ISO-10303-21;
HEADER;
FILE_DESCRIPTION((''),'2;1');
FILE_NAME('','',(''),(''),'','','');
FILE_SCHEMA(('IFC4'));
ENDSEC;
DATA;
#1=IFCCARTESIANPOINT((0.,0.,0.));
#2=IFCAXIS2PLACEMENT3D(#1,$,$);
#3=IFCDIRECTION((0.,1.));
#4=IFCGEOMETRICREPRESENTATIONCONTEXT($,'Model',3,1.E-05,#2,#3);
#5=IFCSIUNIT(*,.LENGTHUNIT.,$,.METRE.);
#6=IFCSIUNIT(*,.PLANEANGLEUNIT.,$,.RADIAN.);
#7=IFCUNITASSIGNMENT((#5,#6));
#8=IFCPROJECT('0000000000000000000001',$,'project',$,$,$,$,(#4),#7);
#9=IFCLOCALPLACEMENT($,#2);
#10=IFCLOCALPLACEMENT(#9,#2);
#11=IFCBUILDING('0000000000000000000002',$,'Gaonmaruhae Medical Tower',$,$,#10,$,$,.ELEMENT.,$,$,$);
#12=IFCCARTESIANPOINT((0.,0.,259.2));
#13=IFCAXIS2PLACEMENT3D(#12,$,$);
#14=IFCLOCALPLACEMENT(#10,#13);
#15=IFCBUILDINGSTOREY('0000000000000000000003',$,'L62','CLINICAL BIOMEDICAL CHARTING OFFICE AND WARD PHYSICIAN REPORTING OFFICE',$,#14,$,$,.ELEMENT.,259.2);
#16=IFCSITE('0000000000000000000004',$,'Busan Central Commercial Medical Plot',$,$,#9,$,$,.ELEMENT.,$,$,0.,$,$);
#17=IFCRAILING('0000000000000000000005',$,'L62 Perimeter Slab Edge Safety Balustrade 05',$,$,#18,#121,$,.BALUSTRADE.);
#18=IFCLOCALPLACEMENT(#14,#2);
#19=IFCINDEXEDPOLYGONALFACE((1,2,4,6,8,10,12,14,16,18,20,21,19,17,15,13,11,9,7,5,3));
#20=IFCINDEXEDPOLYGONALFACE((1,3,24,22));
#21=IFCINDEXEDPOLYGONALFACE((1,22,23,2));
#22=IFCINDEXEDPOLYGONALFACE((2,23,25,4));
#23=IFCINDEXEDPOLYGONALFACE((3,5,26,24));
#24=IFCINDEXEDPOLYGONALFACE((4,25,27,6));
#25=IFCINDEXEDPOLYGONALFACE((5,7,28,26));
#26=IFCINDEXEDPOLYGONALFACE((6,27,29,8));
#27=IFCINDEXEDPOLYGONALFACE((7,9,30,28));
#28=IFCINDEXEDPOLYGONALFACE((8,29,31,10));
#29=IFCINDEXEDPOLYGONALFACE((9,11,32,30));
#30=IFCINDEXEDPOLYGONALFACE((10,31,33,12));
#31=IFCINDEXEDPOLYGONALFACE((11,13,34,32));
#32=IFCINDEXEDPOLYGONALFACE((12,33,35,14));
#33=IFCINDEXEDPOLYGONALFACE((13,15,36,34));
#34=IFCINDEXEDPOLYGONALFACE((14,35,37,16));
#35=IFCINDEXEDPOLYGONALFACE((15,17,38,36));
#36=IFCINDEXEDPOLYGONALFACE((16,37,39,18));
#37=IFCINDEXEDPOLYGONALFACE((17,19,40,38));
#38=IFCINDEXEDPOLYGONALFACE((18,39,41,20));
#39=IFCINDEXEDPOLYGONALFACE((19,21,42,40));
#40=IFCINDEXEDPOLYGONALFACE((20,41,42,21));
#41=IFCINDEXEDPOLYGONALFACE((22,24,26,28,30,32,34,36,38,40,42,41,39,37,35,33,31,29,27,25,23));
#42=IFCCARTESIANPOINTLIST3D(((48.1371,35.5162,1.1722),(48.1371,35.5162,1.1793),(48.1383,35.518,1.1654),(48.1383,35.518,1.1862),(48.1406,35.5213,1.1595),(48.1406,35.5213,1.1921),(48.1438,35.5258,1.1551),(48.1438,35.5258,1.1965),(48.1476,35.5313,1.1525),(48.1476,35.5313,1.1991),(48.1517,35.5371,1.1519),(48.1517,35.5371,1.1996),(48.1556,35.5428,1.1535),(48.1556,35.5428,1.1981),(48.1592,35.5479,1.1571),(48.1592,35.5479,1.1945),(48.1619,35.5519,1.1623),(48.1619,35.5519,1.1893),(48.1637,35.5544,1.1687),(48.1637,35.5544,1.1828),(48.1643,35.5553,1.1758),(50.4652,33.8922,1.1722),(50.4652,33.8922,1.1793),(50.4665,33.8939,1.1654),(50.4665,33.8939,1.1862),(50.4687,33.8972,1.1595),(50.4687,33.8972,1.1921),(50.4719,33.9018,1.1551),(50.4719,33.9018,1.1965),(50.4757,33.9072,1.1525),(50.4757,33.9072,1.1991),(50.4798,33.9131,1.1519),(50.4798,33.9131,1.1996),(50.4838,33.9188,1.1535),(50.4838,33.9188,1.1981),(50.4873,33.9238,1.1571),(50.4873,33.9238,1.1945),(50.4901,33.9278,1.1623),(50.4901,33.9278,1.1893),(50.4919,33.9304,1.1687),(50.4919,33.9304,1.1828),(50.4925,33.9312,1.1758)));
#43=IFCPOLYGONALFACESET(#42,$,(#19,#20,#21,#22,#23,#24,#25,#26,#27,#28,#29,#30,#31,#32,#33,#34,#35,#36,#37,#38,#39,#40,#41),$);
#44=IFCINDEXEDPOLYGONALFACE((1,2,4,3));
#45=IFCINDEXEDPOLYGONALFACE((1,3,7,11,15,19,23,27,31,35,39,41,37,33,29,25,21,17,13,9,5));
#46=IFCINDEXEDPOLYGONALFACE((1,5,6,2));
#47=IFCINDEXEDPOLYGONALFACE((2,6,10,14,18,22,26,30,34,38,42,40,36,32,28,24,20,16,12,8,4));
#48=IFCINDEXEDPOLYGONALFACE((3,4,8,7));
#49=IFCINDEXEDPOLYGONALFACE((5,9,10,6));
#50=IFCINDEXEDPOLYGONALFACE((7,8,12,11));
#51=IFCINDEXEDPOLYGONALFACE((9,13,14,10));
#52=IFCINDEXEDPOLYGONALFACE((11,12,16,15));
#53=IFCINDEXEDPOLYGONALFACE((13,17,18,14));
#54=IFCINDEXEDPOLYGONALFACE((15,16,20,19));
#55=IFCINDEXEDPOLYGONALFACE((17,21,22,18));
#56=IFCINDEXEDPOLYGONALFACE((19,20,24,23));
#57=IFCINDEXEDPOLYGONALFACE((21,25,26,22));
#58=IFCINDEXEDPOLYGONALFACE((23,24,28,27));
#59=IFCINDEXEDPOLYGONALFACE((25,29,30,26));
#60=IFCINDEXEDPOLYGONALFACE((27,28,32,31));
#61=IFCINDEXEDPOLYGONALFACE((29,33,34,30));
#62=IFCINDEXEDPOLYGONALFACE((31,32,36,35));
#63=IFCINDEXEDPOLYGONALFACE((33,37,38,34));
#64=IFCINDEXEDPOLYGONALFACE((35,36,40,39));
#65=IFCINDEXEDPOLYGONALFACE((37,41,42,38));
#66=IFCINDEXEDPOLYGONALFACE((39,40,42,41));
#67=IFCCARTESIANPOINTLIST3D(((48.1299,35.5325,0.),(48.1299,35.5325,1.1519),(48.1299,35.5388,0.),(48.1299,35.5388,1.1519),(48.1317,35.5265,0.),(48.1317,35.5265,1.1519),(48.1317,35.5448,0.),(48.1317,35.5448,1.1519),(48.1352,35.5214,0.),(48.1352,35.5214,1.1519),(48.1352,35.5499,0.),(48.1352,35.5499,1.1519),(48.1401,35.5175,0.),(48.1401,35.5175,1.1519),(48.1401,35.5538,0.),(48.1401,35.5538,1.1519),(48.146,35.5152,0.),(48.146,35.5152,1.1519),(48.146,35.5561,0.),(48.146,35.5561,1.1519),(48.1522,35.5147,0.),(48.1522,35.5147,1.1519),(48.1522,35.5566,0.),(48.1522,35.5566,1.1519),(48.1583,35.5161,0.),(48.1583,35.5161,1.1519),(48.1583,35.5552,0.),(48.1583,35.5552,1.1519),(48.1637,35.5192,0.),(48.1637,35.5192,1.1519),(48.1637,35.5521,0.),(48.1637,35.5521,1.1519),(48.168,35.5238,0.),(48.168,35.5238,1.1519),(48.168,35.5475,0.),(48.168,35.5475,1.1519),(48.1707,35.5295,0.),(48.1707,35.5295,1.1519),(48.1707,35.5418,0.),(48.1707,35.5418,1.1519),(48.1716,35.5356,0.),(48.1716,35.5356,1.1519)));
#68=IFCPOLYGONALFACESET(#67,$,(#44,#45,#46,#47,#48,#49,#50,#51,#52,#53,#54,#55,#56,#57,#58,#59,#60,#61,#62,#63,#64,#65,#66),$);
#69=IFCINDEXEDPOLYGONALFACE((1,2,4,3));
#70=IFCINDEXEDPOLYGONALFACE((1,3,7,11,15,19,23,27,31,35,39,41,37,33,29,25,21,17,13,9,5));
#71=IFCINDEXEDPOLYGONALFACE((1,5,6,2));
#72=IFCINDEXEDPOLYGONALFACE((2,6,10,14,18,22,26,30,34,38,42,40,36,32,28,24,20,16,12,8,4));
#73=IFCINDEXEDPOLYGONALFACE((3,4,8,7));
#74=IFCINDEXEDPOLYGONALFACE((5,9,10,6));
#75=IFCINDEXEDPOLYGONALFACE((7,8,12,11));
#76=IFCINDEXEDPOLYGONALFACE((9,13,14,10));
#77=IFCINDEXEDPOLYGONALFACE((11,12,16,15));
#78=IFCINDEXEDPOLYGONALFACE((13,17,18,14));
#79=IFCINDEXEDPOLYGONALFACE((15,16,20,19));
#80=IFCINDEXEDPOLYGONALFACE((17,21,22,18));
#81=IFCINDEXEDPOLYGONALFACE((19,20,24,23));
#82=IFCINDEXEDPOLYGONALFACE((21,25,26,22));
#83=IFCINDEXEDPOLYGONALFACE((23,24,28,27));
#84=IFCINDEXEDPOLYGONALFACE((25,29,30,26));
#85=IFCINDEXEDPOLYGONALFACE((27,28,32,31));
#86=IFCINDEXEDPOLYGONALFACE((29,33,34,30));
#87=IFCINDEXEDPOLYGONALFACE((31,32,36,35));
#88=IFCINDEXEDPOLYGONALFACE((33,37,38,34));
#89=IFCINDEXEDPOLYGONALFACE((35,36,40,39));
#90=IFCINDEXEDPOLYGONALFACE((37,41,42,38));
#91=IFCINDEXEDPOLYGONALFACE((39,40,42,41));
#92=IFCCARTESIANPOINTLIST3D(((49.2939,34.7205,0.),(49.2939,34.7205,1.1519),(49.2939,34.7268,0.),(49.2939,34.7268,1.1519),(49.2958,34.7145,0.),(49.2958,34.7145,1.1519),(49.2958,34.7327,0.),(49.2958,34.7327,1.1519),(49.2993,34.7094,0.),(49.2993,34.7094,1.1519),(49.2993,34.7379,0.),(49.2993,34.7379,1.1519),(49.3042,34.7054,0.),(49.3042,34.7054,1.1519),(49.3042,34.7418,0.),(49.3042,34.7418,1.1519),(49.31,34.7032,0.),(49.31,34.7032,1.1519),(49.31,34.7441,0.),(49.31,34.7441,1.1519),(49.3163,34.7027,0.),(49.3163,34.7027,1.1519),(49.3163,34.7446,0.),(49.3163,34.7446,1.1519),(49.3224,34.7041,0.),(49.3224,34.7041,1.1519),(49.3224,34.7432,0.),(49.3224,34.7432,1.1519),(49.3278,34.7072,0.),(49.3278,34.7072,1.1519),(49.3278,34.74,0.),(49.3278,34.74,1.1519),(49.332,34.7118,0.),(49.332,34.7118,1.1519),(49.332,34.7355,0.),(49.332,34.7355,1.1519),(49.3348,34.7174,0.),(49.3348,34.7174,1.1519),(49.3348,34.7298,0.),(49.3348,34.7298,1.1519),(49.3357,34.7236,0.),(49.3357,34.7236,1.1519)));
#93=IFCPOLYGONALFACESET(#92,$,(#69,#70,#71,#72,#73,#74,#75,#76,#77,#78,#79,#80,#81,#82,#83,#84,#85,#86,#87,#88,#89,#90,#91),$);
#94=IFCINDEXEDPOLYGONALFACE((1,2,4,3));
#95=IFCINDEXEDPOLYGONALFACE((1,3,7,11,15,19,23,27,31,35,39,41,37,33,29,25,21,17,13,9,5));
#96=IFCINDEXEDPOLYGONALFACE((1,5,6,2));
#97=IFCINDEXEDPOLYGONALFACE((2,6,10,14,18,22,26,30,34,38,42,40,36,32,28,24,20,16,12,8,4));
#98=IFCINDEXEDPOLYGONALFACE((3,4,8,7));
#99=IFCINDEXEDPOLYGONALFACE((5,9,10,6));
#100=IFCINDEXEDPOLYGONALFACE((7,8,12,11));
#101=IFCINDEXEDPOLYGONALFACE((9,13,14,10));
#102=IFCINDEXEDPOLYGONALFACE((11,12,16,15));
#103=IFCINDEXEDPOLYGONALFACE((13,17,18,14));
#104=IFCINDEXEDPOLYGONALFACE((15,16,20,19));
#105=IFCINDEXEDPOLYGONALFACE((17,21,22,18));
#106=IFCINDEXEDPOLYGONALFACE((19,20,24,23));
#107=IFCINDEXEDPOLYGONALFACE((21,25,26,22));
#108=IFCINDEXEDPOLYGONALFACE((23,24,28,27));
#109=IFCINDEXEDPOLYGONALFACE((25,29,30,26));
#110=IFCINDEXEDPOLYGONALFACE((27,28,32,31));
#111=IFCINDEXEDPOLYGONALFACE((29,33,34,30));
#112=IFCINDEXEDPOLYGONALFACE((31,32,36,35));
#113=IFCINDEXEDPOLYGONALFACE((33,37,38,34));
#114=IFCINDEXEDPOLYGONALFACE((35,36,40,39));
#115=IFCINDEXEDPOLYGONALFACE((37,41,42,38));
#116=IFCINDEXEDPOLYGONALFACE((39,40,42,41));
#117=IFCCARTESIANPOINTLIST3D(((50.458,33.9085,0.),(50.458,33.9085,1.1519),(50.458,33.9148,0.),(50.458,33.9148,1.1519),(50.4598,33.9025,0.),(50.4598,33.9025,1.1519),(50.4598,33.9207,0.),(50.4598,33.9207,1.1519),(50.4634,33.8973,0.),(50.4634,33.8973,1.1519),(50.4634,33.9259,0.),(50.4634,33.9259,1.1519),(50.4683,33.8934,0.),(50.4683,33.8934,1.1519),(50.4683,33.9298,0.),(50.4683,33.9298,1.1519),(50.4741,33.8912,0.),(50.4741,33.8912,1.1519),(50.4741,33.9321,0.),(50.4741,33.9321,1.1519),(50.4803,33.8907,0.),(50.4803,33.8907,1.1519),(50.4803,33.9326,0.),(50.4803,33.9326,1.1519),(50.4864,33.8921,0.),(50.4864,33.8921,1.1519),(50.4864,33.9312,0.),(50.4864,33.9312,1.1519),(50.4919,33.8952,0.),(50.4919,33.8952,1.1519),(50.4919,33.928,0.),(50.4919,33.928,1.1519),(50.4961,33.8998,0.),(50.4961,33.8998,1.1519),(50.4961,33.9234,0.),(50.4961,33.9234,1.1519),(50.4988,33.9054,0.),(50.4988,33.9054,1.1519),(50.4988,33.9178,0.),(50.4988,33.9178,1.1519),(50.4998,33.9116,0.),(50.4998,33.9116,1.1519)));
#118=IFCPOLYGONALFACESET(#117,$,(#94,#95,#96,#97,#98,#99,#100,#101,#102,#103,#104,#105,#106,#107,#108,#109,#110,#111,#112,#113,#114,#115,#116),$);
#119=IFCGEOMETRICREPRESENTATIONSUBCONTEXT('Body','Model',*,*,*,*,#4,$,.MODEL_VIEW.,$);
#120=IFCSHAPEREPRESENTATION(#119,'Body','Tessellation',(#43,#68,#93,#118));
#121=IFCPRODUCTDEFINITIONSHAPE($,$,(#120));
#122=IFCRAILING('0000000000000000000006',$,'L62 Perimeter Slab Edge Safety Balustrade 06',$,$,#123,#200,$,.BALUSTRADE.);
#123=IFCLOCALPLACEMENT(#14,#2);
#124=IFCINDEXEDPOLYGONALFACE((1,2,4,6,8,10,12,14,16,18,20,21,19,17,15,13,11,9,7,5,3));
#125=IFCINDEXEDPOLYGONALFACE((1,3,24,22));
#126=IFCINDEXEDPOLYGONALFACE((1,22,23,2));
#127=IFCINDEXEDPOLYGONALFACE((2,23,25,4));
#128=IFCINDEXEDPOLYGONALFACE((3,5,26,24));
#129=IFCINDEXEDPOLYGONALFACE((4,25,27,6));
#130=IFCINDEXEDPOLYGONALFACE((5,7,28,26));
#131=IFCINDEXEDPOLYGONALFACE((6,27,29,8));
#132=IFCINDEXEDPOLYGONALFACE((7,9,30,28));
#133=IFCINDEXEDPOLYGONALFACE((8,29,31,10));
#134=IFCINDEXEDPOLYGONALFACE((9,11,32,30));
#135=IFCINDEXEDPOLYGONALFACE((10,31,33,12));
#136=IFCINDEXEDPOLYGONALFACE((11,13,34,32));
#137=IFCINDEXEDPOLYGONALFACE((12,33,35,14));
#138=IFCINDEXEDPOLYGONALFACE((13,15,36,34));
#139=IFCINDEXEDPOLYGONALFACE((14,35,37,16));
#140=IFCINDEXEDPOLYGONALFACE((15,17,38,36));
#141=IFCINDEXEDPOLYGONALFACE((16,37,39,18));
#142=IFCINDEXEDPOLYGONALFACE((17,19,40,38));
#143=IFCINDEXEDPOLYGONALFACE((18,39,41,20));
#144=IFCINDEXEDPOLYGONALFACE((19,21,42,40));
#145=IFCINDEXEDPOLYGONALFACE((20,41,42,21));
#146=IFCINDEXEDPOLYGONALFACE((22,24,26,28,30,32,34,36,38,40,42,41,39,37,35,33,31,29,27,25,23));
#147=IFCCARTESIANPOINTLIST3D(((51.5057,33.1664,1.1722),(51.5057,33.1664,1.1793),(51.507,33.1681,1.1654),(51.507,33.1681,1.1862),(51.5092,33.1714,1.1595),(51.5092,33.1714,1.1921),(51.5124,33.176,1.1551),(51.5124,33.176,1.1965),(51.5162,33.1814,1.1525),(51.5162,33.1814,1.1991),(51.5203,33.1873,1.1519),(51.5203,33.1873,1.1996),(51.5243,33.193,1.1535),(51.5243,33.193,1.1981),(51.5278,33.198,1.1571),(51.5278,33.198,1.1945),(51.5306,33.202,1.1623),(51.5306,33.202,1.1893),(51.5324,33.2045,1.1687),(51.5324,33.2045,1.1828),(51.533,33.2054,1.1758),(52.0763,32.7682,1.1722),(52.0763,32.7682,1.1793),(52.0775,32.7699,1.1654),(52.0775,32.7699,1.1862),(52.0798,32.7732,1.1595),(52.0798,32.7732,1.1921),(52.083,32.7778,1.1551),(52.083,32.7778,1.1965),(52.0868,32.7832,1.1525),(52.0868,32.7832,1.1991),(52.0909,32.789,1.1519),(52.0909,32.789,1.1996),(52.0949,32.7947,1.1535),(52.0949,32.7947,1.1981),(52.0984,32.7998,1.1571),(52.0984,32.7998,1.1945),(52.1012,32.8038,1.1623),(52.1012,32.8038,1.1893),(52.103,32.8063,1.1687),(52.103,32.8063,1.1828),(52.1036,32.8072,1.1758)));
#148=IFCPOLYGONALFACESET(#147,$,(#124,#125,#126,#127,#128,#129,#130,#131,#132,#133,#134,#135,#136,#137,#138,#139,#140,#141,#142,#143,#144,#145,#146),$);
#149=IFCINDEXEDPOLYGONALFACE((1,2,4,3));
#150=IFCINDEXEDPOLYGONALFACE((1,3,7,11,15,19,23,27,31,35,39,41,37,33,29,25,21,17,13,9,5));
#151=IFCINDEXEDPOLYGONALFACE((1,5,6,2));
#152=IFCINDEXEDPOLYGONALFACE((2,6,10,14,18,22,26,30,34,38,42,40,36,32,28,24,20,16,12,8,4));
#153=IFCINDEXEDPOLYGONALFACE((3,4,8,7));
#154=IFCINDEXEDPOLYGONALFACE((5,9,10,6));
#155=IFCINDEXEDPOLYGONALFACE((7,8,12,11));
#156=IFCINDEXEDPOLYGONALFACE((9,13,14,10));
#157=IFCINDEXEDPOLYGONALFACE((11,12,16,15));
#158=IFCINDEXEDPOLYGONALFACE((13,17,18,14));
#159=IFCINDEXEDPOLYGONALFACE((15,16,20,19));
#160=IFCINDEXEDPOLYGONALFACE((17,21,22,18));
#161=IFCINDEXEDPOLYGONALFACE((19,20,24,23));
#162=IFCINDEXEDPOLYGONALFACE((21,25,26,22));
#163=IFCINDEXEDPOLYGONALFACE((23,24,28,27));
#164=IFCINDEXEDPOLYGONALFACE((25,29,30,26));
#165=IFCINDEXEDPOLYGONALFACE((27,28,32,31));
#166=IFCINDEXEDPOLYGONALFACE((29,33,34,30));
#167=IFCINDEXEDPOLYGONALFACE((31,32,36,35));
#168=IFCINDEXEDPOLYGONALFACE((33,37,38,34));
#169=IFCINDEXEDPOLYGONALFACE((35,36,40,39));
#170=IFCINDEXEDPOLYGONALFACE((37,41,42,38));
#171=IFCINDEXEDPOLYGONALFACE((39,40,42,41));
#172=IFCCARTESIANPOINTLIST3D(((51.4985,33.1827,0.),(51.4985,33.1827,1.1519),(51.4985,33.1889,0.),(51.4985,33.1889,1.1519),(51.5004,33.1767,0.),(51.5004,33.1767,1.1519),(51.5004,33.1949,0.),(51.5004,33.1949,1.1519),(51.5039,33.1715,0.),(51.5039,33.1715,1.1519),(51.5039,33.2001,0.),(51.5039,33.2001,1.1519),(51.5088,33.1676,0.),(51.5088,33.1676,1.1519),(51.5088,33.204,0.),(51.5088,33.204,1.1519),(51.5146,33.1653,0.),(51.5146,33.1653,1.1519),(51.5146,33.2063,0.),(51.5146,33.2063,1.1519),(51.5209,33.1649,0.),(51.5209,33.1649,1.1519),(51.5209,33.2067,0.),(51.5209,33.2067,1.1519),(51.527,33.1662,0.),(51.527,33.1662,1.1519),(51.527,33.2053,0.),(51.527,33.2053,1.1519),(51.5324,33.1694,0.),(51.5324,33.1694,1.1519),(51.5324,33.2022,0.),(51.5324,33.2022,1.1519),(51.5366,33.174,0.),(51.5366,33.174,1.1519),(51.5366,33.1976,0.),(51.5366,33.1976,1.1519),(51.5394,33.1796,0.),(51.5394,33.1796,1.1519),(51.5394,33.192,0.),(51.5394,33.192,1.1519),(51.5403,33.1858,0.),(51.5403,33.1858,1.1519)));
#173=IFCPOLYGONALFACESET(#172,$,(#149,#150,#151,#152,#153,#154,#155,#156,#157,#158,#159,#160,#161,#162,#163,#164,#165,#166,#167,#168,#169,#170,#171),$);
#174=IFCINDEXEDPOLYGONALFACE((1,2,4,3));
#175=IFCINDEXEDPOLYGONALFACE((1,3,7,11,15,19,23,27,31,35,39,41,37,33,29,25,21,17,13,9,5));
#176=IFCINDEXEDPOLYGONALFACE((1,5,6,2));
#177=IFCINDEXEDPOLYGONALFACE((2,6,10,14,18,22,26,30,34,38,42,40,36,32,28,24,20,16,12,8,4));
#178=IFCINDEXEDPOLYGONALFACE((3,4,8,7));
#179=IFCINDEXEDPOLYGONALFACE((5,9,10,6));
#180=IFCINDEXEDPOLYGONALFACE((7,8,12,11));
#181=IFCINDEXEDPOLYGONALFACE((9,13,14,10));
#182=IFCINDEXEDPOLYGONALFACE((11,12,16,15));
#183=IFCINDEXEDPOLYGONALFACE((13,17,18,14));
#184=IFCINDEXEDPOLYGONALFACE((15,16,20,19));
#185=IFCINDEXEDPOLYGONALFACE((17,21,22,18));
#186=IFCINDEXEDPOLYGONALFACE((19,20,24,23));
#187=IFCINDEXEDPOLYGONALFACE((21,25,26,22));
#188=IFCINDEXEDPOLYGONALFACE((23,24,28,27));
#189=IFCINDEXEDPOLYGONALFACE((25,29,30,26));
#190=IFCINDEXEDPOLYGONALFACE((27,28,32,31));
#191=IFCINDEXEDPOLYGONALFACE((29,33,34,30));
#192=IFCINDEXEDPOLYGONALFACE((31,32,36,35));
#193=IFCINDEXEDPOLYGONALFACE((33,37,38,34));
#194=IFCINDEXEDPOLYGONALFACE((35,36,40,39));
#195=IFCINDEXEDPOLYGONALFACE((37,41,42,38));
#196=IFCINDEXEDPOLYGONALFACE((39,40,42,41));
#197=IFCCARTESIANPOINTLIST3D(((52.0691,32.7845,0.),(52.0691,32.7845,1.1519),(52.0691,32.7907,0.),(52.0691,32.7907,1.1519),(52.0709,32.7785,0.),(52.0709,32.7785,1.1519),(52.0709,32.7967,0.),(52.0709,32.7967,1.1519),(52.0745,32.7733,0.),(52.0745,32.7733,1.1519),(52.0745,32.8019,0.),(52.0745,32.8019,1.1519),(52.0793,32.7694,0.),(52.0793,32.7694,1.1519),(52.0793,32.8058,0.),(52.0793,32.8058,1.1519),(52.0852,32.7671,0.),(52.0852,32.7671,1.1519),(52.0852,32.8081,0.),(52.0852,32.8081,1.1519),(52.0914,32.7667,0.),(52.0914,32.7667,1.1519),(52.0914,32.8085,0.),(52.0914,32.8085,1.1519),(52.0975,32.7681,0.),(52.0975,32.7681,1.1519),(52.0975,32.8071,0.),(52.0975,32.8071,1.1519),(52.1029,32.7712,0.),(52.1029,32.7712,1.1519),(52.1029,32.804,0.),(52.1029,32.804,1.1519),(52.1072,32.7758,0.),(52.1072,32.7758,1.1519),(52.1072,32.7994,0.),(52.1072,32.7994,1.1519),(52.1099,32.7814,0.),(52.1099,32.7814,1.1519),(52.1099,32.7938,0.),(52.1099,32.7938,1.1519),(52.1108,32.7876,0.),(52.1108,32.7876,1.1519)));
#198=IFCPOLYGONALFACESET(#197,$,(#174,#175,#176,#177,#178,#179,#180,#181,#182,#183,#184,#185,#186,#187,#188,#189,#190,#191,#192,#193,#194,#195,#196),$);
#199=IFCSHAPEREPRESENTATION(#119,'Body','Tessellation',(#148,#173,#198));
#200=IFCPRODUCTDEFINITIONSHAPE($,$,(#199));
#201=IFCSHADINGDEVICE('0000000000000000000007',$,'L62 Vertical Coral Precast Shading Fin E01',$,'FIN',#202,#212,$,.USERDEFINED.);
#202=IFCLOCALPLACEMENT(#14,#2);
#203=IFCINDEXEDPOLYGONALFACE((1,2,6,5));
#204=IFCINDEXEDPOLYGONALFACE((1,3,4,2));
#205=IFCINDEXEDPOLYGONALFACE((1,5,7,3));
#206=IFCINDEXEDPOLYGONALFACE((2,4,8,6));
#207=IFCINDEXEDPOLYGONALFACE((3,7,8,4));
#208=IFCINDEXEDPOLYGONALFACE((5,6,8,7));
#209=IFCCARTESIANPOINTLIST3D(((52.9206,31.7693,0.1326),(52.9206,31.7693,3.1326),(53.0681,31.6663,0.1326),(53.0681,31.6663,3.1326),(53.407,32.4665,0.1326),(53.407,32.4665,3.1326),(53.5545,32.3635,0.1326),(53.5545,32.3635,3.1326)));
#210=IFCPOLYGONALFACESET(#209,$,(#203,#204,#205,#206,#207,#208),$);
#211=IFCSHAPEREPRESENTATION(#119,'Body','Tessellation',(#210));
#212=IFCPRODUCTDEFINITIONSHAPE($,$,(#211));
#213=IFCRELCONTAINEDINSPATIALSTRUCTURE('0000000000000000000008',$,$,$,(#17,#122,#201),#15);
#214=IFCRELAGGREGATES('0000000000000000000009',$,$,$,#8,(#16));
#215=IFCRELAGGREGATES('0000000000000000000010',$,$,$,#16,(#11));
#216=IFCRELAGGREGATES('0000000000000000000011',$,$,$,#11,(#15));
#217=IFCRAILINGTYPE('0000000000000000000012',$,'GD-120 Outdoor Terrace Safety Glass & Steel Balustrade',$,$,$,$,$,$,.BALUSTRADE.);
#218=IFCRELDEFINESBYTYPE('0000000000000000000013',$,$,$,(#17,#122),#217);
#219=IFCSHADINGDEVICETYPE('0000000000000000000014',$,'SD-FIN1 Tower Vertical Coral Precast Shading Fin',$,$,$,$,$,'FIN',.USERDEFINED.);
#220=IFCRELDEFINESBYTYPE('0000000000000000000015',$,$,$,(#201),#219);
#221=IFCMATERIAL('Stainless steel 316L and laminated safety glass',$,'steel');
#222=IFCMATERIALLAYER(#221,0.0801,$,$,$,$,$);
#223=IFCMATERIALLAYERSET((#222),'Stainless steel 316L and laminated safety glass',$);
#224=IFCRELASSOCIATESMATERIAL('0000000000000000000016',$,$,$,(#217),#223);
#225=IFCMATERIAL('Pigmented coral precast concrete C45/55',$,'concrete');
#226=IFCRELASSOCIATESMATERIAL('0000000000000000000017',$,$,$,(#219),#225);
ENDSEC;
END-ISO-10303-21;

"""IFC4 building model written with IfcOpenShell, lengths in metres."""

from ifc_helpers import new_model, si_unit, direction, frame, origin, origin_2d, place, context, subcontext, project, spatial, rectangle, circle, extrude, material, layer, layer_set, type_object, element, save


model = new_model("IFC4")

# Units and contexts
model_context = context("Model", 3, precision=1e-05, world=origin(), true_north=direction((0.0, 1.0)))
body_context = subcontext(model_context, "Body", "Model", "MODEL_VIEW")
ifc_project = project(units=[si_unit("LENGTHUNIT", "METRE"), si_unit("PLANEANGLEUNIT", "RADIAN")], contexts=[model_context])

# Site, building, storey
site_placement = place(None, origin())
site = spatial("IfcSite", under=ifc_project, at=site_placement, Name="Busan Central Commercial Medical Plot", CompositionType="ELEMENT", RefElevation=0.0)
building_placement = place(site_placement, origin())
building = spatial("IfcBuilding", under=site, at=building_placement, Name="Gaonmaruhae Medical Tower", CompositionType="ELEMENT")
storey_placement = place(building_placement, frame((0.0, 0.0, 259.2)))
storey = spatial("IfcBuildingStorey", under=building, at=storey_placement, Name="L62", Description="CLINICAL BIOMEDICAL CHARTING OFFICE AND WARD PHYSICIAN REPORTING OFFICE", CompositionType="ELEMENT", Elevation=259.2)

# Railings
ifc_material_1 = material(Name="Stainless steel 316L and laminated safety glass", Category="steel")
ifc_layer_1 = layer(ifc_material_1, 0.0801)
ifc_layer_set_1 = layer_set([ifc_layer_1], Name="Stainless steel 316L and laminated safety glass")
railing_type = type_object("IfcRailingType", Name="GD-120 Outdoor Terrace Safety Glass & Steel Balustrade", PredefinedType="BALUSTRADE", material=ifc_layer_set_1)
railing_1_placement = place(storey_placement, frame((48.1506, 35.5356, 0.0)))
element("IfcRailing", 1, at=railing_1_placement, inside=storey, type_object=railing_type, Name="L62 Perimeter Slab Edge Safety Balustrade 05", PredefinedType="BALUSTRADE", context=body_context, shape_type="SweptSolid", body=[
    extrude(circle(Radius=0.0239, at=origin_2d()), frame((0.0, 0.0, 1.1758), z_axis=(0.820168, -0.572122, 0.0), x_axis=(0.572122, 0.820168, 0.0)), (0.0, 0.0, 1.0), 2.8386),
    extrude(circle(Radius=0.021, at=origin_2d()), origin(), (0.0, 0.0, 1.0), 1.1519),
    extrude(circle(Radius=0.021, at=origin_2d()), frame((1.1641, -0.812, 0.0)), (0.0, 0.0, 1.0), 1.1519),
    extrude(circle(Radius=0.021, at=origin_2d()), frame((2.3281, -1.624, 0.0)), (0.0, 0.0, 1.0), 1.1519),
])
railing_2_placement = place(storey_placement, frame((51.5193, 33.1858, 0.0)))
element("IfcRailing", 2, at=railing_2_placement, inside=storey, type_object=railing_type, Name="L62 Perimeter Slab Edge Safety Balustrade 06", PredefinedType="BALUSTRADE", context=body_context, shape_type="SweptSolid", body=[
    extrude(circle(Radius=0.0239, at=origin_2d()), frame((0.0, 0.0, 1.1758), z_axis=(0.820039, -0.572308, 0.0), x_axis=(0.572308, 0.820039, 0.0)), (0.0, 0.0, 1.0), 0.6958),
    extrude(circle(Radius=0.021, at=origin_2d()), origin(), (0.0, 0.0, 1.0), 1.1519),
    extrude(circle(Radius=0.021, at=origin_2d()), frame((0.5706, -0.3982, 0.0)), (0.0, 0.0, 1.0), 1.1519),
])

# Shading device
ifc_material_2 = material(Name="Pigmented coral precast concrete C45/55", Category="concrete")
shading_device_type = type_object("IfcShadingDeviceType", Name="SD-FIN1 Tower Vertical Coral Precast Shading Fin", ElementType="FIN", PredefinedType="USERDEFINED", material=ifc_material_2)
for number, where, z_axis, x_axis, name in (
    (3, (53.2375, 32.0664, 0.1326), (0.0, 0.0, 1.0), (0.820152, -0.572146, 0.0), "L62 Vertical Coral Precast Shading Fin E01"),
):
    element("IfcShadingDevice", number, at=place(storey_placement, frame(where, z_axis=z_axis, x_axis=x_axis)), inside=storey, type_object=shading_device_type, Name=name, ObjectType="FIN", PredefinedType="USERDEFINED", context=body_context, shape_type="SweptSolid", body=[
        extrude(rectangle(XDim=0.1799, YDim=0.8501, at=origin_2d()), origin(), (0.0, 0.0, 1.0), 3.0),
    ])

save(model, "model.ifc")
